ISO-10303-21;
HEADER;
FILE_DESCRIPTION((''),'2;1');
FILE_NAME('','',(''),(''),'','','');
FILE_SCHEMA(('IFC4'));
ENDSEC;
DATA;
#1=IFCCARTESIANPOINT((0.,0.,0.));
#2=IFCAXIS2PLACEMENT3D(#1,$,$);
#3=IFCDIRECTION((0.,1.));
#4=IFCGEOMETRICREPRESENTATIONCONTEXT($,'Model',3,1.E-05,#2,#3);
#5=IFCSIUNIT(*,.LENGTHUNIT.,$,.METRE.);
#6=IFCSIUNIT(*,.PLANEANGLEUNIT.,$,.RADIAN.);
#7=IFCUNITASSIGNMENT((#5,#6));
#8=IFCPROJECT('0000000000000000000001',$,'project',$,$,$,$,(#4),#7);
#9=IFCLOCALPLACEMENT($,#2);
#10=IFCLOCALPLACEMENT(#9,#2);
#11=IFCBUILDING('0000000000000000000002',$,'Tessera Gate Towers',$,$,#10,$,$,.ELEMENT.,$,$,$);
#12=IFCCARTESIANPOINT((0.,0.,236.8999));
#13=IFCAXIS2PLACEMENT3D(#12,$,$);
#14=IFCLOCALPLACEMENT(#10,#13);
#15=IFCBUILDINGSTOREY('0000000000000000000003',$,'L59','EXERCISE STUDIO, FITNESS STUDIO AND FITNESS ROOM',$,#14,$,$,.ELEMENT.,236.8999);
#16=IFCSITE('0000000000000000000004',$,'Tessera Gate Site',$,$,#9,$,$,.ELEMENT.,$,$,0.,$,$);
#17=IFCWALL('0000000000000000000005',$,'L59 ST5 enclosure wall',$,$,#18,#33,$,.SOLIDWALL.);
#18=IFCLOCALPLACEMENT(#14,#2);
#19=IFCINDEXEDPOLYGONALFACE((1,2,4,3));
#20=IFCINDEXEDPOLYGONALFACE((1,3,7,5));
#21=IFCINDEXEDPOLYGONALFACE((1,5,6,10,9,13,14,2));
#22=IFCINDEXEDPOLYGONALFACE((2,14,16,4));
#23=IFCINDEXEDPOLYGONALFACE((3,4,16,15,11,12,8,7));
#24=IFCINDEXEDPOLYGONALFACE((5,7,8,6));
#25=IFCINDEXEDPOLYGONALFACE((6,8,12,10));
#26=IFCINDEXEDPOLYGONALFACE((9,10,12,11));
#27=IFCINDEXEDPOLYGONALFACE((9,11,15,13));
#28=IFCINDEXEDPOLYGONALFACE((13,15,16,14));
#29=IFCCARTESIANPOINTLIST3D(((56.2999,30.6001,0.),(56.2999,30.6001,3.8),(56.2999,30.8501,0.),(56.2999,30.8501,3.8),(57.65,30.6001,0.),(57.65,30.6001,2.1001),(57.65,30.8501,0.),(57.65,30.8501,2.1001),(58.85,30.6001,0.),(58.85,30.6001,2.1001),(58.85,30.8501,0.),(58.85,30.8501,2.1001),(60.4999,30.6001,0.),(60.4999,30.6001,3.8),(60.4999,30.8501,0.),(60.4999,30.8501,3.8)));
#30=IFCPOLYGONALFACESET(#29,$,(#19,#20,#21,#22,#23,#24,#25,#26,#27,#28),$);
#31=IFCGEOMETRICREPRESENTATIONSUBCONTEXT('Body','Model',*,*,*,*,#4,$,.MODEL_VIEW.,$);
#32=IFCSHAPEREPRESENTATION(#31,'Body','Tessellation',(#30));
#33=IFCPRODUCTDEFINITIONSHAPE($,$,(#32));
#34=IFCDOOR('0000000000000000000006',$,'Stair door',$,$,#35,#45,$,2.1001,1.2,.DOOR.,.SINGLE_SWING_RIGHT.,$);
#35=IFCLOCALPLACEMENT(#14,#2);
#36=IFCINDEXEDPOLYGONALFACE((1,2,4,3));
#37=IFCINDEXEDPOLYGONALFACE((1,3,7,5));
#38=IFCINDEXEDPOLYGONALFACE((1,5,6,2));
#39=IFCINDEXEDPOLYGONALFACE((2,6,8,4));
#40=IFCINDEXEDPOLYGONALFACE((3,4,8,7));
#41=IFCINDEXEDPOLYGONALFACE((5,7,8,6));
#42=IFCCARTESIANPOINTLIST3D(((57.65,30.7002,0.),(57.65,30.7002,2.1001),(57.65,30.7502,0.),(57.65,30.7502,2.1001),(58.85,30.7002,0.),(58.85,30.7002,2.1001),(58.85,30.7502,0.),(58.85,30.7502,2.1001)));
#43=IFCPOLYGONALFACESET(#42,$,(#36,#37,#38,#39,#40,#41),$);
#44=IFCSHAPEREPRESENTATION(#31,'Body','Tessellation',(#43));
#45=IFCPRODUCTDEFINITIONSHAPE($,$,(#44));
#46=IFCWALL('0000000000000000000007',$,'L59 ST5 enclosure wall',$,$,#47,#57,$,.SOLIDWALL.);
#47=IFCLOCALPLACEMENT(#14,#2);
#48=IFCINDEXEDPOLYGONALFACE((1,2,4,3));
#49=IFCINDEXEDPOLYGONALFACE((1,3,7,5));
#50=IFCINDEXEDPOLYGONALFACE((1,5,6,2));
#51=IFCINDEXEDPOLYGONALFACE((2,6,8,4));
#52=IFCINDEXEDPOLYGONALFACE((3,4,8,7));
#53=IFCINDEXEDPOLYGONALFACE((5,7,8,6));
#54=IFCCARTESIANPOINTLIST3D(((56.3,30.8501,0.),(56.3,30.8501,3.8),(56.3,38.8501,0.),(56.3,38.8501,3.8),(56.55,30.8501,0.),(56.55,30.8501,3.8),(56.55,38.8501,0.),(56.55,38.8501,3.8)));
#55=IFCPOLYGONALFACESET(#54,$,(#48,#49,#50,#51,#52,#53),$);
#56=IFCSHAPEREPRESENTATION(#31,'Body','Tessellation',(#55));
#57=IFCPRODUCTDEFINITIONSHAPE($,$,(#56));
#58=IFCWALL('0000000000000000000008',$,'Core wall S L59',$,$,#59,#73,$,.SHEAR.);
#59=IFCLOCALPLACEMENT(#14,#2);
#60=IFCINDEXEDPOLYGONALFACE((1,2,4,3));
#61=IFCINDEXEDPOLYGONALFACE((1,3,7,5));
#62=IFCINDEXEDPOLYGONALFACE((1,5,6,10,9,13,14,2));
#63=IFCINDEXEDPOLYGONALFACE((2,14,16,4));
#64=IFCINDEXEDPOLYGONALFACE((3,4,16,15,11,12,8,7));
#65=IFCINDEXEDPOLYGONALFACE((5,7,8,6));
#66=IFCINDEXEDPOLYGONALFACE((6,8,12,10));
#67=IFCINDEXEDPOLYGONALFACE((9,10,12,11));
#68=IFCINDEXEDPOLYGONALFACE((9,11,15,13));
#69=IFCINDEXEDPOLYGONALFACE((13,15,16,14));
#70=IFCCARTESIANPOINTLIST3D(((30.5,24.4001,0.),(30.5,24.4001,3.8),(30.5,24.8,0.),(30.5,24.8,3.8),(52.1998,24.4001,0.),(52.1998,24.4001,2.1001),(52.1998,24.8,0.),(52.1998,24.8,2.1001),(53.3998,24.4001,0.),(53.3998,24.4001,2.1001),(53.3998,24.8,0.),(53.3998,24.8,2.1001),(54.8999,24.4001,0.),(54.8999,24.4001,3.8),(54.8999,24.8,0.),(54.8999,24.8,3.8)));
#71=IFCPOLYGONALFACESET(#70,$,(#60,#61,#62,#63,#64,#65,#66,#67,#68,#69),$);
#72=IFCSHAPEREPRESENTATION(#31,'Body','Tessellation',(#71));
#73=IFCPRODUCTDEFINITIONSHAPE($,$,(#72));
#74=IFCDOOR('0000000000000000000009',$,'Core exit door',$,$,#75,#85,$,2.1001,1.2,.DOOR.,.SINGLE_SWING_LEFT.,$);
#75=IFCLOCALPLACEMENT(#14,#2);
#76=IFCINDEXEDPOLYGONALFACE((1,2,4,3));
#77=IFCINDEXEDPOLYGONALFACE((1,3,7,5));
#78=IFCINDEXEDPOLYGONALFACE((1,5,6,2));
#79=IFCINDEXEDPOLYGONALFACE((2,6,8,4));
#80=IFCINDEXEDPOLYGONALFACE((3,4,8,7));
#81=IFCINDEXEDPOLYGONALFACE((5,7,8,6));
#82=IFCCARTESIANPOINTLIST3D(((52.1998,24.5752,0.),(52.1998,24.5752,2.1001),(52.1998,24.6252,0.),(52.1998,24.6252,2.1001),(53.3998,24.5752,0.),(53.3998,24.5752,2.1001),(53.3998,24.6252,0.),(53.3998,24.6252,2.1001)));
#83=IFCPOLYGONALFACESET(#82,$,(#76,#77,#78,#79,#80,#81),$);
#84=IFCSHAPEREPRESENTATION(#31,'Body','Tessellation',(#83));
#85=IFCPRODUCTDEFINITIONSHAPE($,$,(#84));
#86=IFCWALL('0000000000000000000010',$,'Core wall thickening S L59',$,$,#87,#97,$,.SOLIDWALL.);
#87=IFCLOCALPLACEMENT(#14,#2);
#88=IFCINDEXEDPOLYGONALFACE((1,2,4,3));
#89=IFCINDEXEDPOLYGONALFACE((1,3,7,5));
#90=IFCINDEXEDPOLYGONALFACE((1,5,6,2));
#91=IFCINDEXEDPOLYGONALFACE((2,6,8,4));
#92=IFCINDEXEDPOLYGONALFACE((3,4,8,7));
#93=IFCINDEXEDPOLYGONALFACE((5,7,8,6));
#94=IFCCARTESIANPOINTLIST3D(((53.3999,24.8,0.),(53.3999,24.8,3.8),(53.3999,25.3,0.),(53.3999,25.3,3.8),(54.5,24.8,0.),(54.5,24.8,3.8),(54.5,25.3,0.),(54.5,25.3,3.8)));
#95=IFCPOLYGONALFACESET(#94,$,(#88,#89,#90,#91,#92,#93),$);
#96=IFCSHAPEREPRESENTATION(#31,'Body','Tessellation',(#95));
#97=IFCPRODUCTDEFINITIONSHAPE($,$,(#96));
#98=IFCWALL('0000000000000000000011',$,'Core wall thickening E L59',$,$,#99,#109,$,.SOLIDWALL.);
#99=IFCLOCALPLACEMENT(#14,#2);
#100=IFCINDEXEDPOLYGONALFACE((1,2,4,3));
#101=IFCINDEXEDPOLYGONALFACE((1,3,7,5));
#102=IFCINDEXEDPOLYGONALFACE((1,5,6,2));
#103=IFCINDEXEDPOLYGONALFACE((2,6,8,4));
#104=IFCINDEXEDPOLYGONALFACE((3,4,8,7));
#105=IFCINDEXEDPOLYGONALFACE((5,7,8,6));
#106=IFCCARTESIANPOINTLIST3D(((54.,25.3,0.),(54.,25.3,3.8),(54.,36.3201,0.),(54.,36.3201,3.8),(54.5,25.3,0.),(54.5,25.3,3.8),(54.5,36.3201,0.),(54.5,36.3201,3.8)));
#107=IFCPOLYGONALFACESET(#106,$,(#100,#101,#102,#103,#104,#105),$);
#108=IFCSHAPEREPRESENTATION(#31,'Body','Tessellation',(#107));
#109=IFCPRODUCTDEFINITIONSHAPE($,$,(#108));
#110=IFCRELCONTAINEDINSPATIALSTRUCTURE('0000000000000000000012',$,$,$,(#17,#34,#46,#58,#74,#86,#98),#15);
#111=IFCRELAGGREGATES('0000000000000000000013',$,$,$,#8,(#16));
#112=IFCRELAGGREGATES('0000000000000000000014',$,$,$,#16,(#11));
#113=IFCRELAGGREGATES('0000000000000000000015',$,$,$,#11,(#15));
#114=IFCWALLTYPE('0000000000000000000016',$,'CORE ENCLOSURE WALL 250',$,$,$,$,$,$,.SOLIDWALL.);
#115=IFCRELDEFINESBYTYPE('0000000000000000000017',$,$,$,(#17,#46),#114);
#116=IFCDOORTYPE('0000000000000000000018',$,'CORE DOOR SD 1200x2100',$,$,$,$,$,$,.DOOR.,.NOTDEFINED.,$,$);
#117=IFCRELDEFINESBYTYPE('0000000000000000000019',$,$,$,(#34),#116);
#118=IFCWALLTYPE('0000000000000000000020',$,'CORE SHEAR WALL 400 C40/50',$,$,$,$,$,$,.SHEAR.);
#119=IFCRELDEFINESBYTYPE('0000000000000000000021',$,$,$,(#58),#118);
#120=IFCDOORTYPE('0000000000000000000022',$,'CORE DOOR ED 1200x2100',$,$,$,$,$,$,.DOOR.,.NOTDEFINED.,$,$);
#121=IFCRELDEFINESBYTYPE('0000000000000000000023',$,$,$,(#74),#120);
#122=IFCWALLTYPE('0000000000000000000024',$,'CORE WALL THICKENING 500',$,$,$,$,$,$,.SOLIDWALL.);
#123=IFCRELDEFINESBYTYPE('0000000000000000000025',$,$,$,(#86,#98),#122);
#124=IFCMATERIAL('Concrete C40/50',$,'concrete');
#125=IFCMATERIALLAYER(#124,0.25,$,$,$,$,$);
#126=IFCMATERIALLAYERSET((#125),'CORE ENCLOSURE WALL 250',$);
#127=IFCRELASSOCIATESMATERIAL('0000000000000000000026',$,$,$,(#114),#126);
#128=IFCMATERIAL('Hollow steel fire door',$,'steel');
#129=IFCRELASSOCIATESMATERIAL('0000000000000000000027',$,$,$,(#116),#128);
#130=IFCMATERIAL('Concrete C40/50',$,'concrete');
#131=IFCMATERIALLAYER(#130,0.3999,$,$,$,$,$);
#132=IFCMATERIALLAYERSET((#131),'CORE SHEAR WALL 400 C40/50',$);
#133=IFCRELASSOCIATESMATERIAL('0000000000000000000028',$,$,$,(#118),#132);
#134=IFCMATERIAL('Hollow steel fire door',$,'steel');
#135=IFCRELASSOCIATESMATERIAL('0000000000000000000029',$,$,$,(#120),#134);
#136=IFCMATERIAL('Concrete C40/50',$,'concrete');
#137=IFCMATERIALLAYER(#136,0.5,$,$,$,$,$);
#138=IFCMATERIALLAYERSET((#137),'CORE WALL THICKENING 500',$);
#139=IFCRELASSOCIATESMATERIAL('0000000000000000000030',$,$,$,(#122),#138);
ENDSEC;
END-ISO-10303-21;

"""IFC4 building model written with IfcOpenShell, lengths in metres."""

from ifc_helpers import new_model, si_unit, direction, frame, frame_2d, origin, place, context, subcontext, project, spatial, rectangle, extrude, source, transform, mapped, material, layer, layer_set, type_object, element, fill, save


model = new_model("IFC4")

# Units and contexts
model_context = context("Model", 3, precision=1e-05, world=origin(), true_north=direction((0.0, 1.0)))
body_context = subcontext(model_context, "Body", "Model", "MODEL_VIEW")
ifc_project = project(units=[si_unit("LENGTHUNIT", "METRE"), si_unit("PLANEANGLEUNIT", "RADIAN")], contexts=[model_context])

# Site, building, storey
site_placement = place(None, origin())
site = spatial("IfcSite", under=ifc_project, at=site_placement, Name="Tessera Gate Site", CompositionType="ELEMENT", RefElevation=0.0)
building_placement = place(site_placement, origin())
building = spatial("IfcBuilding", under=site, at=building_placement, Name="Tessera Gate Towers", CompositionType="ELEMENT")
storey_placement = place(building_placement, frame((0.0, 0.0, 236.8999)))
storey = spatial("IfcBuildingStorey", under=building, at=storey_placement, Name="L59", Description="EXERCISE STUDIO, FITNESS STUDIO AND FITNESS ROOM", CompositionType="ELEMENT", Elevation=236.8999)

# Wall, opening, door
ifc_material_1 = material(Name="Concrete C40/50", Category="concrete")
ifc_layer_1 = layer(ifc_material_1, 0.25)
ifc_layer_set_1 = layer_set([ifc_layer_1], Name="CORE ENCLOSURE WALL 250")
wall_type_1 = type_object("IfcWallType", Name="CORE ENCLOSURE WALL 250", PredefinedType="SOLIDWALL", material=ifc_layer_set_1)
wall_1_placement = place(storey_placement, frame((60.5, 30.7251, 0.0), z_axis=(0.0, 0.0, 1.0), x_axis=(-1.0, 0.0, 0.0)))
wall_1 = element("IfcWall", 1, at=wall_1_placement, inside=storey, type_object=wall_type_1, Name="L59 ST5 enclosure wall", PredefinedType="SOLIDWALL", context=body_context, shape_type="SweptSolid", body=[
    extrude(rectangle(XDim=4.2, YDim=0.25, at=frame_2d((2.1001, 0.0))), origin(), (0.0, 0.0, 1.0), 3.8),
])
shared_shape_1 = source(origin(), body_context, "Body", "SweptSolid", [
    extrude(rectangle(XDim=1.2, YDim=2.1001, at=frame_2d((0.6001, 1.05))), frame((0.0, 0.135, 0.0), z_axis=(0.0, -1.0, 0.0), x_axis=(1.0, 0.0, 0.0)), (0.0, 0.0, 1.0), 0.27),
])
opening_1_placement = place(wall_1_placement, frame((1.6499, 0.0, 0.0)))
opening_1 = element("IfcOpeningElement", 2, at=opening_1_placement, cuts=wall_1, PredefinedType="OPENING", context=body_context, shape_type="MappedRepresentation", body=[
    mapped(shared_shape_1, transform((0.0, 0.0, 0.0), scale=1.0)),
])
ifc_material_2 = material(Name="Hollow steel fire door", Category="steel")
door_type_1 = type_object("IfcDoorType", Name="CORE DOOR SD 1200x2100", OperationType="NOTDEFINED", PredefinedType="DOOR", material=ifc_material_2)
shared_shape_2 = source(origin(), body_context, "Body", "SweptSolid", [
    extrude(rectangle(XDim=1.2, YDim=2.1001, at=frame_2d((0.6001, 1.05))), frame((0.0, 0.0249, 0.0), z_axis=(0.0, -1.0, 0.0), x_axis=(1.0, 0.0, 0.0)), (0.0, 0.0, 1.0), 0.05),
])
door_1_placement = place(opening_1_placement, origin())
door_1 = element("IfcDoor", 3, at=door_1_placement, inside=storey, type_object=door_type_1, Name="Stair door", OperationType="SINGLE_SWING_RIGHT", OverallHeight=2.1001, OverallWidth=1.2, PredefinedType="DOOR", context=body_context, shape_type="MappedRepresentation", body=[
    mapped(shared_shape_2, transform((0.0, 0.0, 0.0), scale=1.0)),
])
fill(opening_1, door_1)

# Wall
wall_2_placement = place(storey_placement, frame((56.425, 30.8501, 0.0), z_axis=(0.0, 0.0, 1.0), x_axis=(0.0, 1.0, 0.0)))
element("IfcWall", 4, at=wall_2_placement, inside=storey, type_object=wall_type_1, Name="L59 ST5 enclosure wall", PredefinedType="SOLIDWALL", context=body_context, shape_type="SweptSolid", body=[
    extrude(rectangle(XDim=8.0, YDim=0.25, at=frame_2d((4.0, 0.0))), origin(), (0.0, 0.0, 1.0), 3.8),
])

# Wall, opening, door
ifc_material_3 = material(Name="Concrete C40/50", Category="concrete")
ifc_layer_2 = layer(ifc_material_3, 0.3999)
ifc_layer_set_2 = layer_set([ifc_layer_2], Name="CORE SHEAR WALL 400 C40/50")
wall_type_2 = type_object("IfcWallType", Name="CORE SHEAR WALL 400 C40/50", PredefinedType="SHEAR", material=ifc_layer_set_2)
wall_3_placement = place(storey_placement, frame((54.8999, 24.6001, 0.0), z_axis=(0.0, 0.0, 1.0), x_axis=(-1.0, 0.0, 0.0)))
wall_3 = element("IfcWall", 5, at=wall_3_placement, inside=storey, type_object=wall_type_2, Name="Core wall S L59", PredefinedType="SHEAR", context=body_context, shape_type="SweptSolid", body=[
    extrude(rectangle(XDim=24.3999, YDim=0.3999, at=frame_2d((12.2, 0.0))), origin(), (0.0, 0.0, 1.0), 3.8),
])
shared_shape_3 = source(origin(), body_context, "Body", "SweptSolid", [
    extrude(rectangle(XDim=1.2, YDim=2.1001, at=frame_2d((0.6001, 1.05))), frame((0.0, 0.21, 0.0), z_axis=(0.0, -1.0, 0.0), x_axis=(1.0, 0.0, 0.0)), (0.0, 0.0, 1.0), 0.4199),
])
opening_2_placement = place(wall_3_placement, frame((1.5, 0.0, 0.0)))
opening_2 = element("IfcOpeningElement", 6, at=opening_2_placement, cuts=wall_3, PredefinedType="OPENING", context=body_context, shape_type="MappedRepresentation", body=[
    mapped(shared_shape_3, transform((0.0, 0.0, 0.0), scale=1.0)),
])
ifc_material_4 = material(Name="Hollow steel fire door", Category="steel")
door_type_2 = type_object("IfcDoorType", Name="CORE DOOR ED 1200x2100", OperationType="NOTDEFINED", PredefinedType="DOOR", material=ifc_material_4)
door_2_placement = place(opening_2_placement, origin())
door_2 = element("IfcDoor", 7, at=door_2_placement, inside=storey, type_object=door_type_2, Name="Core exit door", OperationType="SINGLE_SWING_LEFT", OverallHeight=2.1001, OverallWidth=1.2, PredefinedType="DOOR", context=body_context, shape_type="MappedRepresentation", body=[
    mapped(shared_shape_2, transform((0.0, 0.0, 0.0), scale=1.0)),
])
fill(opening_2, door_2)

# Walls
ifc_material_5 = material(Name="Concrete C40/50", Category="concrete")
ifc_layer_3 = layer(ifc_material_5, 0.5)
ifc_layer_set_3 = layer_set([ifc_layer_3], Name="CORE WALL THICKENING 500")
wall_type_3 = type_object("IfcWallType", Name="CORE WALL THICKENING 500", PredefinedType="SOLIDWALL", material=ifc_layer_set_3)
wall_4_placement = place(storey_placement, frame((53.3999, 25.05, 0.0), z_axis=(0.0, 0.0, 1.0), x_axis=(1.0, 0.0, 0.0)))
element("IfcWall", 8, at=wall_4_placement, inside=storey, type_object=wall_type_3, Name="Core wall thickening S L59", PredefinedType="SOLIDWALL", context=body_context, shape_type="SweptSolid", body=[
    extrude(rectangle(XDim=1.1001, YDim=0.5, at=frame_2d((0.55, 0.0))), origin(), (0.0, 0.0, 1.0), 3.8),
])
wall_5_placement = place(storey_placement, frame((54.25, 25.3, 0.0), z_axis=(0.0, 0.0, 1.0), x_axis=(0.0, 1.0, 0.0)))
element("IfcWall", 9, at=wall_5_placement, inside=storey, type_object=wall_type_3, Name="Core wall thickening E L59", PredefinedType="SOLIDWALL", context=body_context, shape_type="SweptSolid", body=[
    extrude(rectangle(XDim=11.02, YDim=0.5, at=frame_2d((5.51, 0.0))), origin(), (0.0, 0.0, 1.0), 3.8),
])

save(model, "model.ifc")
